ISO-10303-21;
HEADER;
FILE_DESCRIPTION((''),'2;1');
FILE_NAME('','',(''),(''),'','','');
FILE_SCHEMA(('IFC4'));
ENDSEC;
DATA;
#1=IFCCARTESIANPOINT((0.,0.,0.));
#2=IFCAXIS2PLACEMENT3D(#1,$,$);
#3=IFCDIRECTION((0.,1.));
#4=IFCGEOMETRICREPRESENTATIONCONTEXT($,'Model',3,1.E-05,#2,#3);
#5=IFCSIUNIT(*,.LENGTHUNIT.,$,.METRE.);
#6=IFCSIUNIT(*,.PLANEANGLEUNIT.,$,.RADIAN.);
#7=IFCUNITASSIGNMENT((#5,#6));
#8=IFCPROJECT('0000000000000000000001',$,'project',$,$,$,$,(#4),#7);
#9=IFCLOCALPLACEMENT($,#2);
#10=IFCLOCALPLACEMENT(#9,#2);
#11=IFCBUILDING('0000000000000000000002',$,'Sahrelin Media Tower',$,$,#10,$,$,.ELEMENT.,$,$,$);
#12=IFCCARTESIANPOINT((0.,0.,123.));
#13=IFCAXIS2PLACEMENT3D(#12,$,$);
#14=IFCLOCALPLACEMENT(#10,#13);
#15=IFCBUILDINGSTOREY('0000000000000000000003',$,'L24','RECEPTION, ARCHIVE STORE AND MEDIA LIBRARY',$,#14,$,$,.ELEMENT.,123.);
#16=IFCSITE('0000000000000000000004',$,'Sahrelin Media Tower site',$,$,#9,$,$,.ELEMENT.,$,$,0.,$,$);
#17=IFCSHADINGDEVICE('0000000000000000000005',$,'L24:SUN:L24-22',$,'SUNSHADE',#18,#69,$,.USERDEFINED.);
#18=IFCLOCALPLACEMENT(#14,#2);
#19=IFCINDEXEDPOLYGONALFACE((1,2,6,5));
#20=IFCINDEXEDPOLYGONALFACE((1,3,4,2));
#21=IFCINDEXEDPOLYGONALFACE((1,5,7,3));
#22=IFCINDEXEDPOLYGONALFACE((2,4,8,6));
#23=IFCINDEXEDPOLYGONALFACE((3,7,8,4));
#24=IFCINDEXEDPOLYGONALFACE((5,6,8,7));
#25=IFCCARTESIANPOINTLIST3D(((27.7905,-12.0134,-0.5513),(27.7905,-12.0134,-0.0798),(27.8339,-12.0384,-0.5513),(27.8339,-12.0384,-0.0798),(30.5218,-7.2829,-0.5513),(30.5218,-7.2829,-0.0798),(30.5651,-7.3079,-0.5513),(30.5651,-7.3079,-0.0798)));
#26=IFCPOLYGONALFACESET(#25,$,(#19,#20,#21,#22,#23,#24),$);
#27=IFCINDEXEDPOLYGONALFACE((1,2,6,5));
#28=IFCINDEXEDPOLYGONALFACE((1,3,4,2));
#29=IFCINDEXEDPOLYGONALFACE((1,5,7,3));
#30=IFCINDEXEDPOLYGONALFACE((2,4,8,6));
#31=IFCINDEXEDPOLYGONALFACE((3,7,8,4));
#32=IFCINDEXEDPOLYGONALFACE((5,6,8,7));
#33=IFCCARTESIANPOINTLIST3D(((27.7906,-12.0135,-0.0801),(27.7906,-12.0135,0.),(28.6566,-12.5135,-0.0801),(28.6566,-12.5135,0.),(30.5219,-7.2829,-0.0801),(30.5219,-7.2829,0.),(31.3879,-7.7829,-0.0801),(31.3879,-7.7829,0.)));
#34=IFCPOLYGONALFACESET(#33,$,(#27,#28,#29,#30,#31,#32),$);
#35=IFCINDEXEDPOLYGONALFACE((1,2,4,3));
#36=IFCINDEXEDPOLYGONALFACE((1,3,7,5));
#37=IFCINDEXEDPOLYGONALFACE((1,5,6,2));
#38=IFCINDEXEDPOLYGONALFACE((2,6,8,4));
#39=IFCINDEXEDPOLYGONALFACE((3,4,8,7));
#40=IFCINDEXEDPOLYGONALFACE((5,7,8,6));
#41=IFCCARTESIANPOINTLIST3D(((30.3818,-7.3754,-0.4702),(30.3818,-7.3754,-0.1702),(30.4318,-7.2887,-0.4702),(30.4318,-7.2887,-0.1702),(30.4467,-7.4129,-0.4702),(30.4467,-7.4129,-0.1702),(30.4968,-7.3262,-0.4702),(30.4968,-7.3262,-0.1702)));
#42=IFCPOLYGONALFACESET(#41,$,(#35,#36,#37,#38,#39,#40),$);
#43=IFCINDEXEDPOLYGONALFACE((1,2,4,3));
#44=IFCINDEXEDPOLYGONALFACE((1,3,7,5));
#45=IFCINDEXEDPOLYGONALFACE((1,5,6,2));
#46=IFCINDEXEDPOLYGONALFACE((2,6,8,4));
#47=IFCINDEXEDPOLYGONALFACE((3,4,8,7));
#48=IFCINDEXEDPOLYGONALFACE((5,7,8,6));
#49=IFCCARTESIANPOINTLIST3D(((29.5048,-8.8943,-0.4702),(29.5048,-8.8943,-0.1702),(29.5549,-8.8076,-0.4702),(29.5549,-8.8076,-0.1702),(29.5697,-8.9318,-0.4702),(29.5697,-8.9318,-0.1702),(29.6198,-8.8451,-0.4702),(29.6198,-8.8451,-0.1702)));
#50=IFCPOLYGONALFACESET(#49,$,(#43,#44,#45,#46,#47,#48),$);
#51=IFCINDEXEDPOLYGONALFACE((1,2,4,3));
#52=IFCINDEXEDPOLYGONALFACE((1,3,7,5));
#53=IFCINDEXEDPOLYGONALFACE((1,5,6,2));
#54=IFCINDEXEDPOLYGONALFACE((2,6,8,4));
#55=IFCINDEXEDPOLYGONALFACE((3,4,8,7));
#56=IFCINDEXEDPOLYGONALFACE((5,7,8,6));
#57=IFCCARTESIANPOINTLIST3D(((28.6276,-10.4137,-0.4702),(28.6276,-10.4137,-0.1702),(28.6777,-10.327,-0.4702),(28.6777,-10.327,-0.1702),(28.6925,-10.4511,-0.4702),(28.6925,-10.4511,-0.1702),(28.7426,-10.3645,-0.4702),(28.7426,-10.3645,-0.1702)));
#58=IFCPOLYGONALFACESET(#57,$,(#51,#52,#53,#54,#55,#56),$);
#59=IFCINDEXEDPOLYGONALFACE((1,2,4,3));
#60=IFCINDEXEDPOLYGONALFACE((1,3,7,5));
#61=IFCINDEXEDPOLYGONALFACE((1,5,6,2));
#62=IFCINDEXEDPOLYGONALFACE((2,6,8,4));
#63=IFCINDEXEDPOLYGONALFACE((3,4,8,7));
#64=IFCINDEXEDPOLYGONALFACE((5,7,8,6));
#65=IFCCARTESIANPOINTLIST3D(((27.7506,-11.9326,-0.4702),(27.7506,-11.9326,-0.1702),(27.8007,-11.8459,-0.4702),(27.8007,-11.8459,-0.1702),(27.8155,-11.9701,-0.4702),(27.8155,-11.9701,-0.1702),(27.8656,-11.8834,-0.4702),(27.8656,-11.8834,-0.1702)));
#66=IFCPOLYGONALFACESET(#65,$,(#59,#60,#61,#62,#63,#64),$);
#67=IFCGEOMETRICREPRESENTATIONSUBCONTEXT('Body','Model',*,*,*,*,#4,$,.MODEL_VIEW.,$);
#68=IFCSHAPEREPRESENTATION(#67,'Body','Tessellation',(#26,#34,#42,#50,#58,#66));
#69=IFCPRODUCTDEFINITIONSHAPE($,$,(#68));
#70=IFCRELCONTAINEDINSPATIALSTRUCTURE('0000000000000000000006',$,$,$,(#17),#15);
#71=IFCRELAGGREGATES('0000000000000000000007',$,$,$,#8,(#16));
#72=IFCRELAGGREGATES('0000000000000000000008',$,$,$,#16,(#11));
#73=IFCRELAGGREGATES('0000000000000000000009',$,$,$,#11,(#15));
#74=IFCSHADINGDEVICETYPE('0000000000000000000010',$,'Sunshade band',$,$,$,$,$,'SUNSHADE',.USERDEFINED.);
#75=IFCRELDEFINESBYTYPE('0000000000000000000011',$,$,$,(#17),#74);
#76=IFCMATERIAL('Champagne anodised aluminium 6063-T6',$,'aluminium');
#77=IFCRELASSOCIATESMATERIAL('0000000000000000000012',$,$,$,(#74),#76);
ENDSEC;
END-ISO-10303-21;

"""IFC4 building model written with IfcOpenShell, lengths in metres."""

from ifc_helpers import new_model, si_unit, direction, frame, origin, origin_2d, place, context, subcontext, project, spatial, rectangle, extrude, material, type_object, element, save


model = new_model("IFC4")

# Units and contexts
model_context = context("Model", 3, precision=1e-05, world=origin(), true_north=direction((0.0, 1.0)))
body_context = subcontext(model_context, "Body", "Model", "MODEL_VIEW")
ifc_project = project(units=[si_unit("LENGTHUNIT", "METRE"), si_unit("PLANEANGLEUNIT", "RADIAN")], contexts=[model_context])

# Site, building, storey
site_placement = place(None, origin())
site = spatial("IfcSite", under=ifc_project, at=site_placement, Name="Sahrelin Media Tower site", CompositionType="ELEMENT", RefElevation=0.0)
building_placement = place(site_placement, origin())
building = spatial("IfcBuilding", under=site, at=building_placement, Name="Sahrelin Media Tower", CompositionType="ELEMENT")
storey_placement = place(building_placement, frame((0.0, 0.0, 123.0)))
storey = spatial("IfcBuildingStorey", under=building, at=storey_placement, Name="L24", Description="RECEPTION, ARCHIVE STORE AND MEDIA LIBRARY", CompositionType="ELEMENT", Elevation=123.0)

# Shared definitions
ifc_material_1 = material(Name="Champagne anodised aluminium 6063-T6", Category="aluminium")

# Shading device
placement_1 = place(storey_placement, frame((29.1389, -9.6382, 0.0), z_axis=(0.0, 0.0, 1.0), x_axis=(-0.500011, -0.866019, 0.0)))
shading_device_type_1 = type_object("IfcShadingDeviceType", Name="Sunshade band", ElementType="SUNSHADE", PredefinedType="USERDEFINED", material=ifc_material_1)
element("IfcShadingDevice", 1, at=placement_1, inside=storey, type_object=shading_device_type_1, Name="L24:SUN:L24-22", ObjectType="SUNSHADE", PredefinedType="USERDEFINED", context=body_context, shape_type="SweptSolid", body=[
    extrude(rectangle(XDim=5.4624, YDim=0.05, at=origin_2d()), frame((0.0, 0.0449, -0.5513)), (0.0, 0.0, 1.0), 0.4714),
    extrude(rectangle(XDim=5.4624, YDim=1.0, at=origin_2d()), frame((0.0, 0.52, -0.0801)), (0.0, 0.0, 1.0), 0.0801),
    extrude(rectangle(XDim=0.1001, YDim=0.075, at=origin_2d()), frame((-2.6311, -0.0176, -0.4702)), (0.0, 0.0, 1.0), 0.3),
    extrude(rectangle(XDim=0.1001, YDim=0.075, at=origin_2d()), frame((-0.8772, -0.0176, -0.4702)), (0.0, 0.0, 1.0), 0.3),
    extrude(rectangle(XDim=0.1001, YDim=0.075, at=origin_2d()), frame((0.8772, -0.0176, -0.4702)), (0.0, 0.0, 1.0), 0.3),
    extrude(rectangle(XDim=0.1001, YDim=0.075, at=origin_2d()), frame((2.6311, -0.0176, -0.4702)), (0.0, 0.0, 1.0), 0.3),
])

save(model, "model.ifc")
